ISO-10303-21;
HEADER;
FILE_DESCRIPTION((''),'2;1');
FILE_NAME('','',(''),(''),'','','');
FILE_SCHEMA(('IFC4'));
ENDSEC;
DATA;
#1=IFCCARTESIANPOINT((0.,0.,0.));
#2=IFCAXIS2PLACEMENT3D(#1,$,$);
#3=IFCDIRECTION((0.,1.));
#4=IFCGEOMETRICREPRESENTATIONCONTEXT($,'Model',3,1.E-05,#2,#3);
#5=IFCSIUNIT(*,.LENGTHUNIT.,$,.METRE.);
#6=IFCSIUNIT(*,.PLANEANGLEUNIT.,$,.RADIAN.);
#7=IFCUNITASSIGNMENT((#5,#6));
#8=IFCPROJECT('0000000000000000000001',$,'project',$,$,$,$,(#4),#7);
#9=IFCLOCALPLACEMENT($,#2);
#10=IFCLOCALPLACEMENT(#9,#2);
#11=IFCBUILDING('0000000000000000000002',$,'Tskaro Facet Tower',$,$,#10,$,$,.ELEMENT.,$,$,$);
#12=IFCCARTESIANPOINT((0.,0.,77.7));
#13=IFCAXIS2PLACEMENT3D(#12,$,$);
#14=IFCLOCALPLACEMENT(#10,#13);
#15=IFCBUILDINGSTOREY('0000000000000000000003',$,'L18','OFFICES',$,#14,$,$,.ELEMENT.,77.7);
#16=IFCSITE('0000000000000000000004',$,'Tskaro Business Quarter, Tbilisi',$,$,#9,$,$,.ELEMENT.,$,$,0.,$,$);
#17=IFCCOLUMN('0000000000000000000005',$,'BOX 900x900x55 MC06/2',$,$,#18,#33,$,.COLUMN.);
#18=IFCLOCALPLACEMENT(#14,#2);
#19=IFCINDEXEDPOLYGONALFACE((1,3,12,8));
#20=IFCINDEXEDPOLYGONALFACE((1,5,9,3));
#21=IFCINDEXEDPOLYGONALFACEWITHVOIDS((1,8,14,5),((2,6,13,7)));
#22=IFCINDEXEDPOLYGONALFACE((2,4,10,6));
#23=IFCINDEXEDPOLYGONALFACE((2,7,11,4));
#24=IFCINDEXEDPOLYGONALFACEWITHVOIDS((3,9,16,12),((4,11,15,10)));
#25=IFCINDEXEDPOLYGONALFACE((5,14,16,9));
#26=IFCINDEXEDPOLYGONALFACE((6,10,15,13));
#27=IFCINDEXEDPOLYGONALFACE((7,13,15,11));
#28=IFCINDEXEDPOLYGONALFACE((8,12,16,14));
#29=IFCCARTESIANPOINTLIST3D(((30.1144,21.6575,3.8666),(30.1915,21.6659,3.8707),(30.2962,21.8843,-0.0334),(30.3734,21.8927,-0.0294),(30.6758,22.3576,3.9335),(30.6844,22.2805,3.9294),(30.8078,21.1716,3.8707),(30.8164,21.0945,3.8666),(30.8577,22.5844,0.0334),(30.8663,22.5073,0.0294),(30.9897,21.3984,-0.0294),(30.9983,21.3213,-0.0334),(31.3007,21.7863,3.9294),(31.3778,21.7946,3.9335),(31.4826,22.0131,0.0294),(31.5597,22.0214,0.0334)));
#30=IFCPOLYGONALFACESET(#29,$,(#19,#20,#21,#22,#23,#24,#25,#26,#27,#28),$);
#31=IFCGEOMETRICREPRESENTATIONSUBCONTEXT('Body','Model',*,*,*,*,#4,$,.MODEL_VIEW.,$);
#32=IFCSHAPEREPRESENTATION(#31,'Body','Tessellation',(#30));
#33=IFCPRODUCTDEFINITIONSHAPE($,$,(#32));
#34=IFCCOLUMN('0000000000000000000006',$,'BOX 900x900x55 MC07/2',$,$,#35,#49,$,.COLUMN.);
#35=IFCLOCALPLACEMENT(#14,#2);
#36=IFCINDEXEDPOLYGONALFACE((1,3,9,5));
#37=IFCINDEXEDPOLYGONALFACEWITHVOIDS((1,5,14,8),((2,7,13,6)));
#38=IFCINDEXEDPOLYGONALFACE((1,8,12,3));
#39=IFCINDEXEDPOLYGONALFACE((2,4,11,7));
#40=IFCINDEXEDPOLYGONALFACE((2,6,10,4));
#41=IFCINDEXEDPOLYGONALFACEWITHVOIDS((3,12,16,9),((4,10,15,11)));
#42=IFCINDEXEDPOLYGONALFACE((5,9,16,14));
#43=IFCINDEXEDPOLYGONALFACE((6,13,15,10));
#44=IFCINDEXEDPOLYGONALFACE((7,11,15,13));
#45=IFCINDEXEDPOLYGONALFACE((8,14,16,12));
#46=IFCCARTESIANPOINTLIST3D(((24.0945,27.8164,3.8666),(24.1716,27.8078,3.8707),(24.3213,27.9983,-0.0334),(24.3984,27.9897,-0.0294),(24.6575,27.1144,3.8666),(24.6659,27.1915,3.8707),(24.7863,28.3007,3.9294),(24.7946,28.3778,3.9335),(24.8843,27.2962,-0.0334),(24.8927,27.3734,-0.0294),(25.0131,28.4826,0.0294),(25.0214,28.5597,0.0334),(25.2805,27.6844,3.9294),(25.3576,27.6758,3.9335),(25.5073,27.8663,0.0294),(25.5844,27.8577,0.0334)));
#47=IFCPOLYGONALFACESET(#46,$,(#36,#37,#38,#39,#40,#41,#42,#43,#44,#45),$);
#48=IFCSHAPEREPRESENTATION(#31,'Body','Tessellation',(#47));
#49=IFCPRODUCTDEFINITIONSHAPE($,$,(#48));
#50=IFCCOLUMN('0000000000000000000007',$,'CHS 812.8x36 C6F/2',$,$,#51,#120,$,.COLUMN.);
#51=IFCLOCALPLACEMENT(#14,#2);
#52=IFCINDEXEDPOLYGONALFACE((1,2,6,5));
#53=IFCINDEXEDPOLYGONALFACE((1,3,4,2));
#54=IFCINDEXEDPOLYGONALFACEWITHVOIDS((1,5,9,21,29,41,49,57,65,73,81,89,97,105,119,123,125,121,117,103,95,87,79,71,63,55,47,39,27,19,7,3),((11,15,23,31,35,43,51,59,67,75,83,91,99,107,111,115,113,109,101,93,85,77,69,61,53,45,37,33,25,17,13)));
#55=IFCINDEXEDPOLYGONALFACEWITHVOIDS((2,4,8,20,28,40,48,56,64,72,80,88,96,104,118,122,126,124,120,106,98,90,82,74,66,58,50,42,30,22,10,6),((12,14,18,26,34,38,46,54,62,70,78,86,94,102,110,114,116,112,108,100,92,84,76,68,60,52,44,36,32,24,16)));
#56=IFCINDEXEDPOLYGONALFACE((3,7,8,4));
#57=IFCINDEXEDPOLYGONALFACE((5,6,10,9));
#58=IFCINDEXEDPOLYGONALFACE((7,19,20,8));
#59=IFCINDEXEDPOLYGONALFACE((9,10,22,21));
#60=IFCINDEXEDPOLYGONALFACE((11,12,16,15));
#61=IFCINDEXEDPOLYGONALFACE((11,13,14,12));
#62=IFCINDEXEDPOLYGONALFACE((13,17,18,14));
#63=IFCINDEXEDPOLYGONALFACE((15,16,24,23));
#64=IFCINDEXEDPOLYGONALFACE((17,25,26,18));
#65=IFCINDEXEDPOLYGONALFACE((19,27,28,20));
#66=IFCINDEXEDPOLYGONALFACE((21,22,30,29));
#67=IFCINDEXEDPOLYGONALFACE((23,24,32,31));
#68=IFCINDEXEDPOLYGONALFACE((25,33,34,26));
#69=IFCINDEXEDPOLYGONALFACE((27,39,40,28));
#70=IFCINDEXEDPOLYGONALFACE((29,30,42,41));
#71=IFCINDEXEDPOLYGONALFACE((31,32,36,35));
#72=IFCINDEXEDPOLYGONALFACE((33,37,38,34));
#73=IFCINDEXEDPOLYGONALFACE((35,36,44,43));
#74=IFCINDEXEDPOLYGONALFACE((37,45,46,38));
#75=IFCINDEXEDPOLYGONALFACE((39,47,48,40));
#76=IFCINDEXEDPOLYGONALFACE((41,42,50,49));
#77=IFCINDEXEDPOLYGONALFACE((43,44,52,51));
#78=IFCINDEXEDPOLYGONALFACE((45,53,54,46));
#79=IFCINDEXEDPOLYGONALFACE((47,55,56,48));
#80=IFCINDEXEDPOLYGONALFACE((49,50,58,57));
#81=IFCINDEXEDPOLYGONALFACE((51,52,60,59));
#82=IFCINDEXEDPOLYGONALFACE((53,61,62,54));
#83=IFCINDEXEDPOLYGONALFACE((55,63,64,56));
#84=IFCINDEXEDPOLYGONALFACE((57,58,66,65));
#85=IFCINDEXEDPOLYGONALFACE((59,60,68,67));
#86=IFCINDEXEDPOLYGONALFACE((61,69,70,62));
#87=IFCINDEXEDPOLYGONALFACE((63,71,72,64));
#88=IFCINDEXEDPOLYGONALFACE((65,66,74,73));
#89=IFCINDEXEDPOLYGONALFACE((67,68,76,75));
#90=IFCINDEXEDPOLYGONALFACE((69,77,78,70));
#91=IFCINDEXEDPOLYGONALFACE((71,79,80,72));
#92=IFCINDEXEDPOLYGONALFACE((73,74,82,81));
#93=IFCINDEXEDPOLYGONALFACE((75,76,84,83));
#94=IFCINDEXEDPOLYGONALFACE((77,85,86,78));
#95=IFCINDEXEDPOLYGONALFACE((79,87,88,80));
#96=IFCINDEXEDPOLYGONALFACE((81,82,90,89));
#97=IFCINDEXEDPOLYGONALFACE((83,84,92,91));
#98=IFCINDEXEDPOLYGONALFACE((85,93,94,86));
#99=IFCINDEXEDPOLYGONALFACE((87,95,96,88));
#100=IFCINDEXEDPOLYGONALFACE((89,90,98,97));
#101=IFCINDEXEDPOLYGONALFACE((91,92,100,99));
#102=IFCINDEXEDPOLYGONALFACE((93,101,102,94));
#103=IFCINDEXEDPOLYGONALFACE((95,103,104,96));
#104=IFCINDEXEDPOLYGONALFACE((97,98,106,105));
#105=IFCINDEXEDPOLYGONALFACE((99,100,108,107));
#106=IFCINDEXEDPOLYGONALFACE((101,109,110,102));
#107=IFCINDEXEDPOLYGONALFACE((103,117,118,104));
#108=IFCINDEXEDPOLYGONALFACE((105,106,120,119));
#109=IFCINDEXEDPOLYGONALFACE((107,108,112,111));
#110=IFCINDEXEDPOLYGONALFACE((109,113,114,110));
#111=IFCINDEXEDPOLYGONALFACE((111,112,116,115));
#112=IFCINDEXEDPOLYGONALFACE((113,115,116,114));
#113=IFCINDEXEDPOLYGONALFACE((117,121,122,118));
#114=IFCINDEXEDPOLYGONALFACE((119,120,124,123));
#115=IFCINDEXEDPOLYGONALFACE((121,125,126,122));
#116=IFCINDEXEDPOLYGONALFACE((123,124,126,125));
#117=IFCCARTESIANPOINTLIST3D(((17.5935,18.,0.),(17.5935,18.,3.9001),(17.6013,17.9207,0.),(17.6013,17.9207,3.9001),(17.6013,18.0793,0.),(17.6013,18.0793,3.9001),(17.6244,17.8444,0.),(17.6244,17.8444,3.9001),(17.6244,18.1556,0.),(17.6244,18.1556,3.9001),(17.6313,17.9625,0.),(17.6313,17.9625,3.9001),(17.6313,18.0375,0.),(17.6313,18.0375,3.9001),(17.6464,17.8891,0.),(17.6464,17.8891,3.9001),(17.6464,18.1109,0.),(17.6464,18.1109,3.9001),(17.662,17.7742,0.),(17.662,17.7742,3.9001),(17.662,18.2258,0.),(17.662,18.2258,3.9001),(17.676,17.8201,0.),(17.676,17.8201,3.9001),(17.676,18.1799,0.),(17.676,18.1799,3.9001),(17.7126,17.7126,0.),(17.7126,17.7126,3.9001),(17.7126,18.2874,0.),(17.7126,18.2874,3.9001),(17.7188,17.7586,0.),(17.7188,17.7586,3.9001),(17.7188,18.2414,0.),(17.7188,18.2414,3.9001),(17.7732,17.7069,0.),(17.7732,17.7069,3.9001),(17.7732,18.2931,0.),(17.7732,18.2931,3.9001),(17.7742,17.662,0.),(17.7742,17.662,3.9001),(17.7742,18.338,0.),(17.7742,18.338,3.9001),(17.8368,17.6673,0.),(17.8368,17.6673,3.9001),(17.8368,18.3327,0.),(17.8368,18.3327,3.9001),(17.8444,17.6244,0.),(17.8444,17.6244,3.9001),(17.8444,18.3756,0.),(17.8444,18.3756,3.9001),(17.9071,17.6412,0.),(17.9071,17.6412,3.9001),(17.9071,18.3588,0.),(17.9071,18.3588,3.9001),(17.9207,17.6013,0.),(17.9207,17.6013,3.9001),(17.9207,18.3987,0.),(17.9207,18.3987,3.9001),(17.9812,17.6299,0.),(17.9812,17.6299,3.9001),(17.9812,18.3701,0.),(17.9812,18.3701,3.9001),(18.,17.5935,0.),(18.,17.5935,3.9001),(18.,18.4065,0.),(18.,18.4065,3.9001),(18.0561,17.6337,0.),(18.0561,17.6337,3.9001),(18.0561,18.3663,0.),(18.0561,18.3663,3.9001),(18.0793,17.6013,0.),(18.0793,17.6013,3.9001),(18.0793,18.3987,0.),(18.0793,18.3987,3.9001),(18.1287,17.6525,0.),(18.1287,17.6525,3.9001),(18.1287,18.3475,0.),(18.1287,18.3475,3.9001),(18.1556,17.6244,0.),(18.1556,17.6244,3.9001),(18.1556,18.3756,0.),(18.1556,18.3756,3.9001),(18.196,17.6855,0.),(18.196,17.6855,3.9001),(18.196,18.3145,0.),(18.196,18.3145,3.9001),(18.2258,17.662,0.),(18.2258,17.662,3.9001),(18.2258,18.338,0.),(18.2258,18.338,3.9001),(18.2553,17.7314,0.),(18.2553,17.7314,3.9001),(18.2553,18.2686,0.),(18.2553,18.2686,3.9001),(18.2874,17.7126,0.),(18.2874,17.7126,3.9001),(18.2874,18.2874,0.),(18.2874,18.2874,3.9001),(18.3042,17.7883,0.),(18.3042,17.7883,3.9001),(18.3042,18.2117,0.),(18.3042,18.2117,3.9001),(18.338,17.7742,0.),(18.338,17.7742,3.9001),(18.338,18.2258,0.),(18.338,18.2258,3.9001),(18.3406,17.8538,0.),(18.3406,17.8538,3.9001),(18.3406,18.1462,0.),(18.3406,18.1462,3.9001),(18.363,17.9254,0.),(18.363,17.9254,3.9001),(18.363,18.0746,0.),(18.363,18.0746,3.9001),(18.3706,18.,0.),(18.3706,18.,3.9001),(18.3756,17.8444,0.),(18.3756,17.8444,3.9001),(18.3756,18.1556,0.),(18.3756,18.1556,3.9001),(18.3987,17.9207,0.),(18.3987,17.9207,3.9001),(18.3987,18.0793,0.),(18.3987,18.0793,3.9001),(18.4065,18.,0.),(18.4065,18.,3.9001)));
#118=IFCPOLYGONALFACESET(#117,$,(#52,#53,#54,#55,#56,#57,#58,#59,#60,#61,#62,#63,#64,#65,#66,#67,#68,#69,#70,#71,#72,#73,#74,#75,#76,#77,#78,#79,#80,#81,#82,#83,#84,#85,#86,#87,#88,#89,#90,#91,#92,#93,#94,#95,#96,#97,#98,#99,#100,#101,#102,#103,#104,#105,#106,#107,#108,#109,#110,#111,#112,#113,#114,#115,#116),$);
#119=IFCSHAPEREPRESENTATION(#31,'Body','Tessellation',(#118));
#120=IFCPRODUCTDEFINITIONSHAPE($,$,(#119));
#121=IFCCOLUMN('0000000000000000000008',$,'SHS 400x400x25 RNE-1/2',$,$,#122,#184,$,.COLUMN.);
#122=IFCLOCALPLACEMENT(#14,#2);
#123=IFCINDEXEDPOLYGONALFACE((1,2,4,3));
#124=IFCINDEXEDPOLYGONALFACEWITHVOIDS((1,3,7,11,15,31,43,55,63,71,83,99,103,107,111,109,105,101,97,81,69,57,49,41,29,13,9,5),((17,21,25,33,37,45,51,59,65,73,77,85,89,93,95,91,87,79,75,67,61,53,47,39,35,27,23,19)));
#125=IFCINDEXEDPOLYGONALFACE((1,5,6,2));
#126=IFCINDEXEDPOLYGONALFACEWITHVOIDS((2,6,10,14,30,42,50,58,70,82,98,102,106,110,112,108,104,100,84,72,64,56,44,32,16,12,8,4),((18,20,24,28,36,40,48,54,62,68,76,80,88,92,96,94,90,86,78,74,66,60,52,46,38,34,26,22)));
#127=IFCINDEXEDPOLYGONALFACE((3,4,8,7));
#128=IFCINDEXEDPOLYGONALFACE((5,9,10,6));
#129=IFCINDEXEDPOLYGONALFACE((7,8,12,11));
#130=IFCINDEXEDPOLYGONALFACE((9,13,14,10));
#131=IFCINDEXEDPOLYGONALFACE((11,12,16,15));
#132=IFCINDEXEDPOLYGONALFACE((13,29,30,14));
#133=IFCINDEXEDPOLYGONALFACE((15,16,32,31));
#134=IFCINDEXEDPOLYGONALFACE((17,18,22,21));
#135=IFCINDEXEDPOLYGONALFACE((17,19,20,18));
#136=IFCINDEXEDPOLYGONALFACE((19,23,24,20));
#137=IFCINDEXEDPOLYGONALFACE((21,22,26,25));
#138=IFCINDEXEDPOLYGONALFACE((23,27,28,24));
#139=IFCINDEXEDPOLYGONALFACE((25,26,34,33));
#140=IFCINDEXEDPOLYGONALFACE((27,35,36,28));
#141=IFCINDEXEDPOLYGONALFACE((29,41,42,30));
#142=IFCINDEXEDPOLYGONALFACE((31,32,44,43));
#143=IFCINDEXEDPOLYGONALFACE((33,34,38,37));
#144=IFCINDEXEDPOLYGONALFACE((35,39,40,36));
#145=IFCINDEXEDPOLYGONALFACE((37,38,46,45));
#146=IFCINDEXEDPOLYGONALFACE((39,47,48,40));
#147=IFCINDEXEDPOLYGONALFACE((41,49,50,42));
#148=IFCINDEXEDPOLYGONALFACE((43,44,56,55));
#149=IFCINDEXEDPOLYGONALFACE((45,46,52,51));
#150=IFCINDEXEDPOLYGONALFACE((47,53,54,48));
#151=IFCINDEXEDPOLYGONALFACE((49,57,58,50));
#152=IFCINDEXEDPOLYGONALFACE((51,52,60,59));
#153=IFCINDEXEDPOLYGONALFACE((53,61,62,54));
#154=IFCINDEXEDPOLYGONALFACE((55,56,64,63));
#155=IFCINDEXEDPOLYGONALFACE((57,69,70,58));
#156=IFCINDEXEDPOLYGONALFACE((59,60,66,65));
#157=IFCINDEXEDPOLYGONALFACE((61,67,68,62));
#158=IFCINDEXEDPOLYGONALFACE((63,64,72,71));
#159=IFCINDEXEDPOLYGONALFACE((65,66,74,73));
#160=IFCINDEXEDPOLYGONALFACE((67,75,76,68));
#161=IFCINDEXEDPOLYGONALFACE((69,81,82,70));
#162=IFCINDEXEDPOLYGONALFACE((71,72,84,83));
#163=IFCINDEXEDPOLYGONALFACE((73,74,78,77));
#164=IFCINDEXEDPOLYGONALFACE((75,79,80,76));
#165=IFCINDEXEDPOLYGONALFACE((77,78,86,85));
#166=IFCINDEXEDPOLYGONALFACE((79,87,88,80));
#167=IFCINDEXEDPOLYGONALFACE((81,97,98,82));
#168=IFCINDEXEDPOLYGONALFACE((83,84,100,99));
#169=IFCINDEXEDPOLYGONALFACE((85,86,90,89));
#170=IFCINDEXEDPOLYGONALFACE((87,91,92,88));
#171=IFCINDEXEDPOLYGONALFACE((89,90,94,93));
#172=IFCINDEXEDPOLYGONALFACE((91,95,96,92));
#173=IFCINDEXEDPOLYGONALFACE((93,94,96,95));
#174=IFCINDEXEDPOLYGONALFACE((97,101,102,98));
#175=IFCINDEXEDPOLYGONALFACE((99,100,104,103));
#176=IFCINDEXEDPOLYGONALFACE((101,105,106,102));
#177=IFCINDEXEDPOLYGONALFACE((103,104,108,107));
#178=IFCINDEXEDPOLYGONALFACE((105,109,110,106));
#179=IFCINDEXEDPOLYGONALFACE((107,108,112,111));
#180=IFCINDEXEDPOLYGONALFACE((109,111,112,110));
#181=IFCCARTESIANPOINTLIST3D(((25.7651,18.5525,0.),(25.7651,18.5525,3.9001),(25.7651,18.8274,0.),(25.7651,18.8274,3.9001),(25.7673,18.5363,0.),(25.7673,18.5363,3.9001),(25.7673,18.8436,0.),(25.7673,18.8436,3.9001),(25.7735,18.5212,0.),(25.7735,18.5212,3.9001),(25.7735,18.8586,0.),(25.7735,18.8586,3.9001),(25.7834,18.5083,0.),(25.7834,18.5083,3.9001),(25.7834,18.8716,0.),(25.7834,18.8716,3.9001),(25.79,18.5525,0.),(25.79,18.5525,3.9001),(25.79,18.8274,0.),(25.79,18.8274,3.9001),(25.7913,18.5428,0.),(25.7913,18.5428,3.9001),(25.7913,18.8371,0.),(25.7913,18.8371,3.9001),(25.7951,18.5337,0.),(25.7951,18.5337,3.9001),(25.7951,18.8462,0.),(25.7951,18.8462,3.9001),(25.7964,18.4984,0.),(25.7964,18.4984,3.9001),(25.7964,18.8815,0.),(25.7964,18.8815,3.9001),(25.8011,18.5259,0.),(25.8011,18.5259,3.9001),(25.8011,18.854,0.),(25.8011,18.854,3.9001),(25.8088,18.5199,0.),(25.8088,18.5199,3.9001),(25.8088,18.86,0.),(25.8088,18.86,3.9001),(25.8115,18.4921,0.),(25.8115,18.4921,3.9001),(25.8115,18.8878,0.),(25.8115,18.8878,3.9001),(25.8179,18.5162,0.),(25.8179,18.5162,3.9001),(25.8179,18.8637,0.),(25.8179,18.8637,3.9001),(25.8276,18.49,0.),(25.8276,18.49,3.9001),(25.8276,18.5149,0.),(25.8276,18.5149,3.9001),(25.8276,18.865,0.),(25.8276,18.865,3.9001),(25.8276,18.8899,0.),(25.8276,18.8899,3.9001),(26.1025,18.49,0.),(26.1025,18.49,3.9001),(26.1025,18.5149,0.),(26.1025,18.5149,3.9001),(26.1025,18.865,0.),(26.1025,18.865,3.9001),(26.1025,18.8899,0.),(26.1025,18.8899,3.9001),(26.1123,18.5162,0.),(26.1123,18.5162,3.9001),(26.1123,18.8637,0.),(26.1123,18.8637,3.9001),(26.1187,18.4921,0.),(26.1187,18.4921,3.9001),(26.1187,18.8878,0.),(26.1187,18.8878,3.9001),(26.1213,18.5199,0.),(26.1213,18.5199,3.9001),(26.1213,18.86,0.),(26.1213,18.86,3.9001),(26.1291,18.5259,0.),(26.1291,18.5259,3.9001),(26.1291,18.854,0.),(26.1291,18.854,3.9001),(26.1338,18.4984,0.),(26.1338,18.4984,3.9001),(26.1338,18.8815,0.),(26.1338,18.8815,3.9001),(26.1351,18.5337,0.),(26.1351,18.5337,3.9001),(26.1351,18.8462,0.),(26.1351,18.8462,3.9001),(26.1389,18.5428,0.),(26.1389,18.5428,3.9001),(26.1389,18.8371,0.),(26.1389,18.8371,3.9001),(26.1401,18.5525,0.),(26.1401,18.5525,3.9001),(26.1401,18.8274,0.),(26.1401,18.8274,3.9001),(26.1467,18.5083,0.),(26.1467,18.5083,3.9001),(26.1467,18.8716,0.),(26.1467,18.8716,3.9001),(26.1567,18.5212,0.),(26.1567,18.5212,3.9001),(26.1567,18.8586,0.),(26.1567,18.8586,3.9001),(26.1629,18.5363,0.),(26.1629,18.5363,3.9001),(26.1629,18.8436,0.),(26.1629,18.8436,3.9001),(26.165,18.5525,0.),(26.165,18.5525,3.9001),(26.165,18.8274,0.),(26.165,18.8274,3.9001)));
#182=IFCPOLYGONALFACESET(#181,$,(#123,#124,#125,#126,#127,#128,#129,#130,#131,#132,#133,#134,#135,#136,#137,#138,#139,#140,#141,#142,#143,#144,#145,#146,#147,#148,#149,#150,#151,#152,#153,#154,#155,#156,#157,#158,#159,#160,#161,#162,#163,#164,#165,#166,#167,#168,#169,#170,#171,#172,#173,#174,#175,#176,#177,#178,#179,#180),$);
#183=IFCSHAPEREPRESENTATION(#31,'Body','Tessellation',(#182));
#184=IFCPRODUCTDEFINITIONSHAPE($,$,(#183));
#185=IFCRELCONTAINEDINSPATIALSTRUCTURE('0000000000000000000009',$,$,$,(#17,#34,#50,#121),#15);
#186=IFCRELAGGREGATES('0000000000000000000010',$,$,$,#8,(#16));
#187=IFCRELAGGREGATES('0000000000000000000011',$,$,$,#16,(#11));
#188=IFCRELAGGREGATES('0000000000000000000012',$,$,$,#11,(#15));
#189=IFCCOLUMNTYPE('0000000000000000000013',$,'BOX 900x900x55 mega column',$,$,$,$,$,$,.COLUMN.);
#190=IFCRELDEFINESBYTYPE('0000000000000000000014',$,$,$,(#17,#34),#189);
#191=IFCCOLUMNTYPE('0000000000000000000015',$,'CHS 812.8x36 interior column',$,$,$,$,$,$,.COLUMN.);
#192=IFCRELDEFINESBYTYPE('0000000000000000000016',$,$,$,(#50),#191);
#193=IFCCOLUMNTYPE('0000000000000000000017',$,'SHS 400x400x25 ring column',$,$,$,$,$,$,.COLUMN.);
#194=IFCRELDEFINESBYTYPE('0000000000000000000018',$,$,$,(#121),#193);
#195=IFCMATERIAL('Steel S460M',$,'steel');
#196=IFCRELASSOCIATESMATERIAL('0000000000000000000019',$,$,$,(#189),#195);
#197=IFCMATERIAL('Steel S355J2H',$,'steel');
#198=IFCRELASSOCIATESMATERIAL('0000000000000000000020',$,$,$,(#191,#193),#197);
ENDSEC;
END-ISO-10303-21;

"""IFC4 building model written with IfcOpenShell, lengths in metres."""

from ifc_helpers import new_model, si_unit, direction, frame, origin, origin_2d, place, context, subcontext, project, spatial, hollow_rectangle, hollow_circle, extrude, material, material_profile, profile_set, type_object, element, save


model = new_model("IFC4")

# Units and contexts
model_context = context("Model", 3, precision=1e-05, world=origin(), true_north=direction((0.0, 1.0)))
body_context = subcontext(model_context, "Body", "Model", "MODEL_VIEW")
ifc_project = project(units=[si_unit("LENGTHUNIT", "METRE"), si_unit("PLANEANGLEUNIT", "RADIAN")], contexts=[model_context])

# Site, building, storey
site_placement = place(None, origin())
site = spatial("IfcSite", under=ifc_project, at=site_placement, Name="Tskaro Business Quarter, Tbilisi", CompositionType="ELEMENT", RefElevation=0.0)
building_placement = place(site_placement, origin())
building = spatial("IfcBuilding", under=site, at=building_placement, Name="Tskaro Facet Tower", CompositionType="ELEMENT")
storey_placement = place(building_placement, frame((0.0, 0.0, 77.7)))
storey = spatial("IfcBuildingStorey", under=building, at=storey_placement, Name="L18", Description="OFFICES", CompositionType="ELEMENT", Elevation=77.7)

# Columns
ifc_material_1 = material(Name="Steel S460M", Category="steel")
ifc_material_profile_1 = material_profile(ifc_material_1, hollow_rectangle(XDim=0.8999, YDim=0.8999, WallThickness=0.0549, at=origin_2d()), Name="BOX 900x900x55")
ifc_profile_set_1 = profile_set([ifc_material_profile_1], Name="Steel S460M")
column_type_1 = type_object("IfcColumnType", Name="BOX 900x900x55 mega column", PredefinedType="COLUMN", material=ifc_profile_set_1)
for number, where, z_axis, x_axis, name in (
    (1, (30.928, 21.9529, 0.0), (-0.046506, -0.057992, 0.997233), (0.780131, -0.625616, 0.0), "BOX 900x900x55 MC06/2"),
    (2, (24.9529, 27.928, 0.0), (-0.057992, -0.046506, 0.997233), (0.625616, -0.780131, 0.0), "BOX 900x900x55 MC07/2"),
):
    element("IfcColumn", number, at=place(storey_placement, frame(where, z_axis=z_axis, x_axis=x_axis)), inside=storey, type_object=column_type_1, Name=name, PredefinedType="COLUMN", context=body_context, shape_type="SweptSolid", body=[
        extrude(hollow_rectangle(XDim=0.8999, YDim=0.8999, WallThickness=0.0549, at=origin_2d()), origin(), (0.0, 0.0, 1.0), 3.9109),
    ])
ifc_material_2 = material(Name="Steel S355J2H", Category="steel")
ifc_material_profile_2 = material_profile(ifc_material_2, hollow_circle(Radius=0.4065, WallThickness=0.0359, at=origin_2d()), Name="CHS 812.8x36")
ifc_profile_set_2 = profile_set([ifc_material_profile_2], Name="Steel S355J2H")
column_type_2 = type_object("IfcColumnType", Name="CHS 812.8x36 interior column", PredefinedType="COLUMN", material=ifc_profile_set_2)
column_placement = place(storey_placement, frame((18.0, 18.0, 0.0), z_axis=(0.0, 0.0, 1.0), x_axis=(1.0, 0.0, 0.0)))
element("IfcColumn", 3, at=column_placement, inside=storey, type_object=column_type_2, Name="CHS 812.8x36 C6F/2", PredefinedType="COLUMN", context=body_context, shape_type="SweptSolid", body=[
    extrude(hollow_circle(Radius=0.4065, WallThickness=0.0359, at=origin_2d()), origin(), (0.0, 0.0, 1.0), 3.9001),
])
ifc_material_profile_3 = material_profile(ifc_material_2, hollow_rectangle(XDim=0.3999, YDim=0.3999, WallThickness=0.0249, InnerFilletRadius=0.0376, OuterFilletRadius=0.0625, at=origin_2d()), Name="SHS 400x400x25")
ifc_profile_set_3 = profile_set([ifc_material_profile_3], Name="Steel S355J2H")
column_type_3 = type_object("IfcColumnType", Name="SHS 400x400x25 ring column", PredefinedType="COLUMN", material=ifc_profile_set_3)
for number, where, z_axis, x_axis, name in (
    (4, (25.9651, 18.6899, 0.0), (0.0, 0.0, 1.0), (1.0, 0.0, 0.0), "SHS 400x400x25 RNE-1/2"),
):
    element("IfcColumn", number, at=place(storey_placement, frame(where, z_axis=z_axis, x_axis=x_axis)), inside=storey, type_object=column_type_3, Name=name, PredefinedType="COLUMN", context=body_context, shape_type="SweptSolid", body=[
        extrude(hollow_rectangle(XDim=0.3999, YDim=0.3999, WallThickness=0.0249, InnerFilletRadius=0.0376, OuterFilletRadius=0.0625, at=origin_2d()), origin(), (0.0, 0.0, 1.0), 3.9001),
    ])

save(model, "model.ifc")
